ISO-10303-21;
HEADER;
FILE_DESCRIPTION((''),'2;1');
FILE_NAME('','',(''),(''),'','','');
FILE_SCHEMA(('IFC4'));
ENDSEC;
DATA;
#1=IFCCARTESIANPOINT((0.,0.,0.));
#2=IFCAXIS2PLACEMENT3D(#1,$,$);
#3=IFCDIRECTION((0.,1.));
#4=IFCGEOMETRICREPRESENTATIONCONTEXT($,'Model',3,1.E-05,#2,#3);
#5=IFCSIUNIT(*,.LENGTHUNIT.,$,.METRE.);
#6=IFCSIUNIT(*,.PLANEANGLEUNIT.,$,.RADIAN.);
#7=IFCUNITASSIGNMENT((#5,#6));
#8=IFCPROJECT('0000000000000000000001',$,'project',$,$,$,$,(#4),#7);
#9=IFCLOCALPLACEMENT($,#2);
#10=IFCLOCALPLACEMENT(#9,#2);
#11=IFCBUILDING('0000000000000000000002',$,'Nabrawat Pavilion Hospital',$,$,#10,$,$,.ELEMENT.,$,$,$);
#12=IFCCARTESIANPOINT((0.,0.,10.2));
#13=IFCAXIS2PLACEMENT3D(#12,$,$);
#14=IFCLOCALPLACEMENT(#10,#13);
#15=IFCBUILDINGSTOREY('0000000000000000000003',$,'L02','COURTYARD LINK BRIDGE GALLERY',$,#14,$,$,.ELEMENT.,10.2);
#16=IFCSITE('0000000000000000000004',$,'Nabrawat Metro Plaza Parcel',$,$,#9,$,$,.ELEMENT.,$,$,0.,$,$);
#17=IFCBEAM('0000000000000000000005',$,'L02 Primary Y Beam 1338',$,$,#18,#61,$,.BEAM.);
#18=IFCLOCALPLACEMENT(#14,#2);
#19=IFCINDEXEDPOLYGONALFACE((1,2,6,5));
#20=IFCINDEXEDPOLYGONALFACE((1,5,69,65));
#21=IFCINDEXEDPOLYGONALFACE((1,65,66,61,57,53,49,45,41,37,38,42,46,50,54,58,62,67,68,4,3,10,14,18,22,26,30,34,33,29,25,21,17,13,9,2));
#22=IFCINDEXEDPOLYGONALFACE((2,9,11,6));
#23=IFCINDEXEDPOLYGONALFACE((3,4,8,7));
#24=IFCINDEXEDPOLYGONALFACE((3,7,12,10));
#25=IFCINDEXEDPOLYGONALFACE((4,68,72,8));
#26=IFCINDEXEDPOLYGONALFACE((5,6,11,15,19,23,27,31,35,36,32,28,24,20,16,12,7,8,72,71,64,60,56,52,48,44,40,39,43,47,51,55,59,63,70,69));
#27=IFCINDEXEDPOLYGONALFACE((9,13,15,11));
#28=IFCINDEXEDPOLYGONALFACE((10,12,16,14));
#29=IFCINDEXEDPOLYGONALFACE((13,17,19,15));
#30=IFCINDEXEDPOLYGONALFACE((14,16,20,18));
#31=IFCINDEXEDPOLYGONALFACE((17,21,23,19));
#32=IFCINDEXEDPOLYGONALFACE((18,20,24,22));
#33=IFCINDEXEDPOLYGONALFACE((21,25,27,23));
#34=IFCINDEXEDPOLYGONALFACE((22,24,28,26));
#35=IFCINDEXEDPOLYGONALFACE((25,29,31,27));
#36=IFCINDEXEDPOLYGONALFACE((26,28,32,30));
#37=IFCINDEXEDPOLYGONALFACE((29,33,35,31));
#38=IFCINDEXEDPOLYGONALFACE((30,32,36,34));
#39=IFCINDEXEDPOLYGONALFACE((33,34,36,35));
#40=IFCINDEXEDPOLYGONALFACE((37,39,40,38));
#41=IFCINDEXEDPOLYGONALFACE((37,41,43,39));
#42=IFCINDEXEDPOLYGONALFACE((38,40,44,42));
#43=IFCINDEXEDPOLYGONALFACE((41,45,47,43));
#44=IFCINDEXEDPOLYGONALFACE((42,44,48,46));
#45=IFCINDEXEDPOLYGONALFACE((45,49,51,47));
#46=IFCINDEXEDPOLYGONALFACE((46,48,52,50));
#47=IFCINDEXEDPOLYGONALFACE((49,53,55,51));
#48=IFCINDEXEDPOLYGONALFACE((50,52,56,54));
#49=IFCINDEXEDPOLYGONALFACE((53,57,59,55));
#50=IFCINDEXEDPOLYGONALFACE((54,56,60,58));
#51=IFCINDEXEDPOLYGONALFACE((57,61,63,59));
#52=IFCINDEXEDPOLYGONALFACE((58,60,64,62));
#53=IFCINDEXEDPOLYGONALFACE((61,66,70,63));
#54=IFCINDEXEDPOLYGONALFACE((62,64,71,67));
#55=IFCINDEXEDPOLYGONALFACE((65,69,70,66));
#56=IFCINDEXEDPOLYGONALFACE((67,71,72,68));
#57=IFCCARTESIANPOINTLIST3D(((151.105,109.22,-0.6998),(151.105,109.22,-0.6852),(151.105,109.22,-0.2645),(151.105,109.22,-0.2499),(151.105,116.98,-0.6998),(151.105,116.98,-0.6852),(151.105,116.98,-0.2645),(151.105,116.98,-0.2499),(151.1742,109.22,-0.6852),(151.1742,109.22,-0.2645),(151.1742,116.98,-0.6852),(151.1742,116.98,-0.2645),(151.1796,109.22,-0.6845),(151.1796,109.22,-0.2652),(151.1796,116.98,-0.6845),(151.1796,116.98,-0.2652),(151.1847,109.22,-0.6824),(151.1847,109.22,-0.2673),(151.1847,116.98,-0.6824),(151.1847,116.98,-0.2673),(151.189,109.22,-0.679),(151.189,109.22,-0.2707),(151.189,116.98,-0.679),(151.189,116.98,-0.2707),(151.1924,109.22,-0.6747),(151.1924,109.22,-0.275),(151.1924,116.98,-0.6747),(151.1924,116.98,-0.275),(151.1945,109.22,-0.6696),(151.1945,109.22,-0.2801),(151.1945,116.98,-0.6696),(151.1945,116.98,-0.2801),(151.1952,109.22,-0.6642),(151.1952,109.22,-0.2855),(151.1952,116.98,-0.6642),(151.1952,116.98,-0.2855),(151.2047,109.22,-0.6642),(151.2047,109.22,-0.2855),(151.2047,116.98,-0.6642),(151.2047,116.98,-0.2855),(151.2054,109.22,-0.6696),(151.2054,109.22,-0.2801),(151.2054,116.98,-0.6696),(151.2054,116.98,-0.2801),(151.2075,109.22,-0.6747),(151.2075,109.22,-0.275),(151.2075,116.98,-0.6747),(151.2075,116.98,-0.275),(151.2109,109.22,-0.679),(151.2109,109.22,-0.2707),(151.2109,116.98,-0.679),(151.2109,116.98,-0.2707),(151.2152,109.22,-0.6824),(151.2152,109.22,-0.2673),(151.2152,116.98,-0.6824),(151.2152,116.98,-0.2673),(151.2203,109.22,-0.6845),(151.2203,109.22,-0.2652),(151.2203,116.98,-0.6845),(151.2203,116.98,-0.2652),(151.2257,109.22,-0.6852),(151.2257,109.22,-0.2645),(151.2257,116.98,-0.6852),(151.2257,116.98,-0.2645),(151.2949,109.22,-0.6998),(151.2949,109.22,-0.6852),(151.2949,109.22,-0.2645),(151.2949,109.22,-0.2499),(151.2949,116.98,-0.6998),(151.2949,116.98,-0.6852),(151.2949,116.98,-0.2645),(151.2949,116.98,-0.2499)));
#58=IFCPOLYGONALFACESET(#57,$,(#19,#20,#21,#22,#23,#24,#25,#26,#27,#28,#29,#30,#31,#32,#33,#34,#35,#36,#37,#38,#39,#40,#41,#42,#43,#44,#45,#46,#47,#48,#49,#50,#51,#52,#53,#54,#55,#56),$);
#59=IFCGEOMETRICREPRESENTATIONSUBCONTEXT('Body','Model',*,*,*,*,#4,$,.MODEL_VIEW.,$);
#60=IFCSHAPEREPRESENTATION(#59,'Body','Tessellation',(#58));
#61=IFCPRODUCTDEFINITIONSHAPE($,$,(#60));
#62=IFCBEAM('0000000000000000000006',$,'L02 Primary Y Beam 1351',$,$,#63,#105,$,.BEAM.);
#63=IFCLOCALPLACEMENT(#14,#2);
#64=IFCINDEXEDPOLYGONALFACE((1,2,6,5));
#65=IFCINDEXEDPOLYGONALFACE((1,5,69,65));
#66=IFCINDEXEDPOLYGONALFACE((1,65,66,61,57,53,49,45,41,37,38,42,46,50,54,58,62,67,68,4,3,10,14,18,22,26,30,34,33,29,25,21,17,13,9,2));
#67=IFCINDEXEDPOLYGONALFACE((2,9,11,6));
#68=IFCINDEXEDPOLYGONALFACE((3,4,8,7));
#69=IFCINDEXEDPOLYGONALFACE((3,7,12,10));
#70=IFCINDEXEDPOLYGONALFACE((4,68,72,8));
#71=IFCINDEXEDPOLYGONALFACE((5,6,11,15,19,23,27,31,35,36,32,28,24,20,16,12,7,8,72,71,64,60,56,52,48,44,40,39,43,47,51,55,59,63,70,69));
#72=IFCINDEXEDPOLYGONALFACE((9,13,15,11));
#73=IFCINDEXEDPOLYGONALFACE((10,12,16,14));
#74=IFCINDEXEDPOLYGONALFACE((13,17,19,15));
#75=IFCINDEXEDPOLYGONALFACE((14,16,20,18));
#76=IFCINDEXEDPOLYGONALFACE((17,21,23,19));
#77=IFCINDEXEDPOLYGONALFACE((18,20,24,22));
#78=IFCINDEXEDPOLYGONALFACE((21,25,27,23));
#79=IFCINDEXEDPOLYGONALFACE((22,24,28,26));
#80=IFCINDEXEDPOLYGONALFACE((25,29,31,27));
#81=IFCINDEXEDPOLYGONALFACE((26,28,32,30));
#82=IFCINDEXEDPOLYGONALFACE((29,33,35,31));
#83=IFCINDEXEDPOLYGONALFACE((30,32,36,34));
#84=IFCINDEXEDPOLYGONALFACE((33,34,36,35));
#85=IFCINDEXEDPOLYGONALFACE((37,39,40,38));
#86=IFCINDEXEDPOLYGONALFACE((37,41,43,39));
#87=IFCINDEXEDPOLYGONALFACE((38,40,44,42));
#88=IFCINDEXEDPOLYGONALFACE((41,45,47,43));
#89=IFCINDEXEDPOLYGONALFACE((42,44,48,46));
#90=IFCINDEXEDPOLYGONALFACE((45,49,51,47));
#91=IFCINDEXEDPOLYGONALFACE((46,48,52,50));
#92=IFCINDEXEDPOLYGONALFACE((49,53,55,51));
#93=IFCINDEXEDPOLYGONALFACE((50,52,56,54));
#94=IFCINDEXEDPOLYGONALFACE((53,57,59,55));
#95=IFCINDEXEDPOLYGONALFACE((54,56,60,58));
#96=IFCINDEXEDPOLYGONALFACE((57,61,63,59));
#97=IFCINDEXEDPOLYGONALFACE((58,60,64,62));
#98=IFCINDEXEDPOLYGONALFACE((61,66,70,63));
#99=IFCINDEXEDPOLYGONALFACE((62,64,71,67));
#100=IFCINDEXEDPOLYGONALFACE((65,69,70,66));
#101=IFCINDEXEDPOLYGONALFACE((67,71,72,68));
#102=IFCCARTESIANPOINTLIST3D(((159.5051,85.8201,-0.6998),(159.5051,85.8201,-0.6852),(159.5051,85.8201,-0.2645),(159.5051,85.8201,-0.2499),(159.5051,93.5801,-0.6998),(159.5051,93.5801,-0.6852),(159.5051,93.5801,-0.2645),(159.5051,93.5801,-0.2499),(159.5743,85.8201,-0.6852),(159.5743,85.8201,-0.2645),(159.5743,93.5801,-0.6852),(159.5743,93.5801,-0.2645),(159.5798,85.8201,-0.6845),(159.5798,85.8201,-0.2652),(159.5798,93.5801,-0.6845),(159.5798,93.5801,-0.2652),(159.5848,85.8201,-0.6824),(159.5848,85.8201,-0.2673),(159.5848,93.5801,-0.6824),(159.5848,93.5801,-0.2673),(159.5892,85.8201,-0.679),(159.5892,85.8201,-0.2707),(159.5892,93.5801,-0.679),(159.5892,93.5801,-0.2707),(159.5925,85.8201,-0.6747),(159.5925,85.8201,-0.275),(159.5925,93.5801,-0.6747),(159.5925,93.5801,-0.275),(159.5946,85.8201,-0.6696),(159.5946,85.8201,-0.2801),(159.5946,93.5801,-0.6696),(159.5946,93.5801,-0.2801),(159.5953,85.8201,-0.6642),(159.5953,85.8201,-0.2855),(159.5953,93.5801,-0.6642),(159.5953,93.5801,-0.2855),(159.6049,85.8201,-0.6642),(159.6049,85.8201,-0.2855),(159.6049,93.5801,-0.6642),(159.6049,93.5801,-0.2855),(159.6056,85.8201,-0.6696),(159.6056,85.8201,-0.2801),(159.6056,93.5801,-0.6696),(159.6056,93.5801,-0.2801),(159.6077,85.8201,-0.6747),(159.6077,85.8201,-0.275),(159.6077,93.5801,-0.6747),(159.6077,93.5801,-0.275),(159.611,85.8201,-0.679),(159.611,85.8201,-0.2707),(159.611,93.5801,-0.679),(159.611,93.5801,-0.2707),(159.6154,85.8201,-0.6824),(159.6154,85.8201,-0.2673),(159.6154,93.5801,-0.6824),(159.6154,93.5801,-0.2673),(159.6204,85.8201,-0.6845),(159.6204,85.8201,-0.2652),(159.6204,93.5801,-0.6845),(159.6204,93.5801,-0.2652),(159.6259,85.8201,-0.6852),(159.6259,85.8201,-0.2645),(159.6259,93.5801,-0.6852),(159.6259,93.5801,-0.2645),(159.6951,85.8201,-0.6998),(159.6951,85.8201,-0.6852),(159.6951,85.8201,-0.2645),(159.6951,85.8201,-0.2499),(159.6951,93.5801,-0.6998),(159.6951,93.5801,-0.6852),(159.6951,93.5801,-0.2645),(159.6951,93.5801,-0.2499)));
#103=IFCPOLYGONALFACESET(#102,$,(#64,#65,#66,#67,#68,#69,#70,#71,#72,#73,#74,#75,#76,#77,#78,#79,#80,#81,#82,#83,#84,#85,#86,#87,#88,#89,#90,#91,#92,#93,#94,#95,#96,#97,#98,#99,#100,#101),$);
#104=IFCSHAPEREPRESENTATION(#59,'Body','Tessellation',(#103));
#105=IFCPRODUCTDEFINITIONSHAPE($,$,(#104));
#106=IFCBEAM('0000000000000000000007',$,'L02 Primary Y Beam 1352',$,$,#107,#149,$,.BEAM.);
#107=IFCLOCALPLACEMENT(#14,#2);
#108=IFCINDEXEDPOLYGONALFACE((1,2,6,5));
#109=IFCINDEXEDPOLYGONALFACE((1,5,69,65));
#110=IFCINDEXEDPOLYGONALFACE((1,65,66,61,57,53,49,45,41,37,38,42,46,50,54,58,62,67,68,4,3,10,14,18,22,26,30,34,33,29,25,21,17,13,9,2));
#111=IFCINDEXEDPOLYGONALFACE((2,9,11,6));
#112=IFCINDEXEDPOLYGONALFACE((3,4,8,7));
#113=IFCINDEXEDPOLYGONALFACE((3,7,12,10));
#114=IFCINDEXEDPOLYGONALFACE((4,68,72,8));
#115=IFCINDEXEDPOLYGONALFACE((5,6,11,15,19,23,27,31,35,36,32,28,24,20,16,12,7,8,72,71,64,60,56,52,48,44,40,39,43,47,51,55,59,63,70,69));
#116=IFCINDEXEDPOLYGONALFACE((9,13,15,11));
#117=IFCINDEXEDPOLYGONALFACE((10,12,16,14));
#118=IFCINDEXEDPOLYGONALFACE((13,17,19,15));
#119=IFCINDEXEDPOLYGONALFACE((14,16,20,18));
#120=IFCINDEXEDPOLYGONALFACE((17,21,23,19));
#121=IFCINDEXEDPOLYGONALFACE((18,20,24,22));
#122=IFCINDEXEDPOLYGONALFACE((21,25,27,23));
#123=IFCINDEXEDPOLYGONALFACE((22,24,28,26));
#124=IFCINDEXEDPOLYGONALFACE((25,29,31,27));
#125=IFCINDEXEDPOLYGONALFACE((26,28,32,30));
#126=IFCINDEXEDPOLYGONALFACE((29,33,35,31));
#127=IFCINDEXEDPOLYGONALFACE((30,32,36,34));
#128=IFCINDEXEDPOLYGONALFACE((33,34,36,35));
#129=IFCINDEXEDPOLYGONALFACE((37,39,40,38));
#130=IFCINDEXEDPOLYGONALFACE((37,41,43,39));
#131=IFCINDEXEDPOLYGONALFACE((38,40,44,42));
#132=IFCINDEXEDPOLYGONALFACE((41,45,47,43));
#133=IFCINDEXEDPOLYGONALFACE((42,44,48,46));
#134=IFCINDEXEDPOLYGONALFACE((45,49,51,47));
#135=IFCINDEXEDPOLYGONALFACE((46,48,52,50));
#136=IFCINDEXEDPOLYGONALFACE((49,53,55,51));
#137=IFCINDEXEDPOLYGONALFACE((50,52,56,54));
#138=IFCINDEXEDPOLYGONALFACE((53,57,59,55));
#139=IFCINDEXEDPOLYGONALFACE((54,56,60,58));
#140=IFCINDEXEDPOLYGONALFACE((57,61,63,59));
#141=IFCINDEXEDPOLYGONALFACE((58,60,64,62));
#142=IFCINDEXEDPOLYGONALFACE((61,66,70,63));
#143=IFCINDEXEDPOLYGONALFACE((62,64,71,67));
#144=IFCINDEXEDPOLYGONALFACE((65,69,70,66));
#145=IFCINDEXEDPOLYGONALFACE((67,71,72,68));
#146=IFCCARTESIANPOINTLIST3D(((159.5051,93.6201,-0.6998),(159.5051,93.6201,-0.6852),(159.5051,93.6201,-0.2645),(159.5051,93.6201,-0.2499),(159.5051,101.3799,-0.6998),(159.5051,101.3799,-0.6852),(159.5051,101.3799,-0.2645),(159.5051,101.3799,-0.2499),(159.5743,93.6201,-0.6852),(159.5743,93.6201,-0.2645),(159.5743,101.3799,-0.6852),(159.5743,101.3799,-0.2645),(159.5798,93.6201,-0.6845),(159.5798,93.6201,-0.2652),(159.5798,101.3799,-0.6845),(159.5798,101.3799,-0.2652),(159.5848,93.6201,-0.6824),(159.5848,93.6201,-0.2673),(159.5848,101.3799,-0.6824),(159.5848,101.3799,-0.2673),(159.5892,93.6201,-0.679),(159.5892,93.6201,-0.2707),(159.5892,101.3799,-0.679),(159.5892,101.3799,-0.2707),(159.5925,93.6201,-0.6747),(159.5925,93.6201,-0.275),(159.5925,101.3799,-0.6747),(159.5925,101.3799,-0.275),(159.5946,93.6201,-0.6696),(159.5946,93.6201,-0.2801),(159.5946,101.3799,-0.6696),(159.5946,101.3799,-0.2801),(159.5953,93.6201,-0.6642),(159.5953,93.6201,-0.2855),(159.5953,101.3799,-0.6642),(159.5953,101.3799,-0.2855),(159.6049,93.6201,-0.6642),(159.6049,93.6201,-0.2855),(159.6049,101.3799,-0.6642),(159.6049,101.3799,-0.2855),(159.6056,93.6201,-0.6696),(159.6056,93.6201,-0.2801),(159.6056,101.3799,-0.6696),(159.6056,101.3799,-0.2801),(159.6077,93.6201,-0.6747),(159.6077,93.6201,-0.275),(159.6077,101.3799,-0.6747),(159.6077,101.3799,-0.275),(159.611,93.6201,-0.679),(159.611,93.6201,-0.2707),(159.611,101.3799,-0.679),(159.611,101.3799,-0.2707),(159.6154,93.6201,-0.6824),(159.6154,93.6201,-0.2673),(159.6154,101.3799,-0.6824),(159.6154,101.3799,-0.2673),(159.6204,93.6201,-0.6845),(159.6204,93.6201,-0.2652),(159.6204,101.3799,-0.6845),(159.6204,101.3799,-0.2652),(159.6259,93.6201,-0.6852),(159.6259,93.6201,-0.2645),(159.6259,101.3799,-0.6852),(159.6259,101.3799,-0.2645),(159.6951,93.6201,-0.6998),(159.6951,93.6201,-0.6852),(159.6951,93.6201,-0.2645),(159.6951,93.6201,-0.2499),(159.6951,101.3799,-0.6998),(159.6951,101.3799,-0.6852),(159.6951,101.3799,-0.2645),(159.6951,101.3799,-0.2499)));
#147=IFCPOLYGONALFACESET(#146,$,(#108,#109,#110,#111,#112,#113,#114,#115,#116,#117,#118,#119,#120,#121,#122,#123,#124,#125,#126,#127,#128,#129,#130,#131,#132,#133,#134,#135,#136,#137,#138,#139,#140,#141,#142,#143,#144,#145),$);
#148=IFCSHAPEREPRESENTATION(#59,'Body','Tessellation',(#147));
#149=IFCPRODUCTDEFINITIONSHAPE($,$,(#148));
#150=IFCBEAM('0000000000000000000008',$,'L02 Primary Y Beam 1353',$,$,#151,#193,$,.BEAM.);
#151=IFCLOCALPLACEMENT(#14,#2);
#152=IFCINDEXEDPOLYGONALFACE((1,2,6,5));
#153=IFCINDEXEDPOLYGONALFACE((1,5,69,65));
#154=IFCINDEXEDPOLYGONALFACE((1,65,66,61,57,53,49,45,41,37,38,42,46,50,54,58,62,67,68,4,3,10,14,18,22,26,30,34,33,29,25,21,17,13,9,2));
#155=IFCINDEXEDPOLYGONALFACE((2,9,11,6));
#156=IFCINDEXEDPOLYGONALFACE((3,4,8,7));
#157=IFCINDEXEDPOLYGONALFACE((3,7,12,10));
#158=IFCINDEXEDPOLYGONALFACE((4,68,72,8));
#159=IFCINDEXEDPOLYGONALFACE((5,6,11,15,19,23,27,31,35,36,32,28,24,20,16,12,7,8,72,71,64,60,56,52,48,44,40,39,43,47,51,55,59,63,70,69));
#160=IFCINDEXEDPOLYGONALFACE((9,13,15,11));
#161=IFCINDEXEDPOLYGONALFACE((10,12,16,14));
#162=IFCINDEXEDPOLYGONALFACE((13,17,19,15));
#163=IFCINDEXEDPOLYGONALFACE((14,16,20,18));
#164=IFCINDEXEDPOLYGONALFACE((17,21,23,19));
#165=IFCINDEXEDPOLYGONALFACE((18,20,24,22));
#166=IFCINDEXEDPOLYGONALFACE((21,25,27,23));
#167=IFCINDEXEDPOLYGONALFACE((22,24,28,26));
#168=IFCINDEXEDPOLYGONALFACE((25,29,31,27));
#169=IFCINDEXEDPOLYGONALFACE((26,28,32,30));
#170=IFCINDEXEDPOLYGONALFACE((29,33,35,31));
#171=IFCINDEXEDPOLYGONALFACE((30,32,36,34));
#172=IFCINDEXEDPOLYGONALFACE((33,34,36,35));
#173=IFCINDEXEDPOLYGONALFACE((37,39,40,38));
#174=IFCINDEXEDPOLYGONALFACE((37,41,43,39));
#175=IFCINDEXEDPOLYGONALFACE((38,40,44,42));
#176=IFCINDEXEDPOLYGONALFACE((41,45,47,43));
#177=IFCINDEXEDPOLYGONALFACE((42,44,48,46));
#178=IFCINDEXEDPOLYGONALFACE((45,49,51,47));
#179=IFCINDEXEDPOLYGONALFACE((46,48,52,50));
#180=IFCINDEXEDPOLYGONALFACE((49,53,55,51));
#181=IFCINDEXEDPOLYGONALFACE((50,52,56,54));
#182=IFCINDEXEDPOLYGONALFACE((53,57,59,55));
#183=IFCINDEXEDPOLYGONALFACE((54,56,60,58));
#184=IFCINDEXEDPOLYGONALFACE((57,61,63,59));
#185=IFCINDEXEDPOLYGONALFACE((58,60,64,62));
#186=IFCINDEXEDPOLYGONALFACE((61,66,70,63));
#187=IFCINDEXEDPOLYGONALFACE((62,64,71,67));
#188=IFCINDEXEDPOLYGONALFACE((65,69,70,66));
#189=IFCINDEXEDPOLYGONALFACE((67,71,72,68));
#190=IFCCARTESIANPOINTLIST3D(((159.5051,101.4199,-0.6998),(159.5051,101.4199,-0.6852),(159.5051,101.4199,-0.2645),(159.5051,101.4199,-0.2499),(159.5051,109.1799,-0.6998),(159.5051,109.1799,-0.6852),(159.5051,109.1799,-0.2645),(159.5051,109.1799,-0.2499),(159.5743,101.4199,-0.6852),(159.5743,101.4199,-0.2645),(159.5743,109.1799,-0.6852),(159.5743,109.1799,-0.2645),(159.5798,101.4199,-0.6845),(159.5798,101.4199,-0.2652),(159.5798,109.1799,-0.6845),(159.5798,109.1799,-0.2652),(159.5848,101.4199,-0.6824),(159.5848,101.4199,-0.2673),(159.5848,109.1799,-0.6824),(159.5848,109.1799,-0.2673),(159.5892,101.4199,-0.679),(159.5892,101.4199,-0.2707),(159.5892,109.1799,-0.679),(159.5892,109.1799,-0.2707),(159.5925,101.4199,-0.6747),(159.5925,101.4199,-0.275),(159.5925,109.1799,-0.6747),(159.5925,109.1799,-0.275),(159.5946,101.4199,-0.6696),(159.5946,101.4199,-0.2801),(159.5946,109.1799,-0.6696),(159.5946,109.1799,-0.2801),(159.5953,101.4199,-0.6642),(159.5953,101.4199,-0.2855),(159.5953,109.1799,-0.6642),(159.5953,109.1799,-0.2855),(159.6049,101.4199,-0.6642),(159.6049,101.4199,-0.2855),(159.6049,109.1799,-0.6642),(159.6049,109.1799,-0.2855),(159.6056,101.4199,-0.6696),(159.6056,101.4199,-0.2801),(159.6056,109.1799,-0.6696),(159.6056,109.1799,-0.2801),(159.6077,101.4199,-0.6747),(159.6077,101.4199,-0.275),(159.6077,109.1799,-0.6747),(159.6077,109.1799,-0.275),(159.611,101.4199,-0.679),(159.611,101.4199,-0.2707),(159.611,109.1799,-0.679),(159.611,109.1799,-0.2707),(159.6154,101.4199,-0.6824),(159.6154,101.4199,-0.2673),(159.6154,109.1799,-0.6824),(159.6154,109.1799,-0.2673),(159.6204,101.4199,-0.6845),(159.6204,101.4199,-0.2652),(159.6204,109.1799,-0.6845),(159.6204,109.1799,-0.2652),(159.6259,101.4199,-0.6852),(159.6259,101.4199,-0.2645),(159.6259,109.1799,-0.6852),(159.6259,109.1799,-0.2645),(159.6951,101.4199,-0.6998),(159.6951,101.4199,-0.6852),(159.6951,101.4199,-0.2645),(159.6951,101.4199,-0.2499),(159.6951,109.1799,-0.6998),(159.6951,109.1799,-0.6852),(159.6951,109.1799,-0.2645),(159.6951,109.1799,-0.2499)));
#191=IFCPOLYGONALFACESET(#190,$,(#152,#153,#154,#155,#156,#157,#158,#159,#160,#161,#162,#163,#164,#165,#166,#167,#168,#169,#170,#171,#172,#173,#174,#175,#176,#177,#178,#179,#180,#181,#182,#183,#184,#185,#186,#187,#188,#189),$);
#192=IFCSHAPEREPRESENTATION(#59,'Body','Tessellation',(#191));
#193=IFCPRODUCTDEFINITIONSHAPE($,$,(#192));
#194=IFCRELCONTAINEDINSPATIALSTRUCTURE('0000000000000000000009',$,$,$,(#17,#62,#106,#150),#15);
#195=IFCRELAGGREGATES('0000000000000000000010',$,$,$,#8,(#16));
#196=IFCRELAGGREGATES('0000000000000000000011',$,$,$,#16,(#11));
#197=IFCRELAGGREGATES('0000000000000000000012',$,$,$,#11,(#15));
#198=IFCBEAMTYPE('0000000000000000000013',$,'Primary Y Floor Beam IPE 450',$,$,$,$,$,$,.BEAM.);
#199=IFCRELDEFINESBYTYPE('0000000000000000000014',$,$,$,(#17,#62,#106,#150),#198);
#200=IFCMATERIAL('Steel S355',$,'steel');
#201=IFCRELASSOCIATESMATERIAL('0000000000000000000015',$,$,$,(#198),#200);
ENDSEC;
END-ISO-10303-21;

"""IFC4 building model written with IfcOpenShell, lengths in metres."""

from ifc_helpers import new_model, si_unit, direction, frame, origin, origin_2d, place, context, subcontext, project, spatial, i_section, extrude, material, material_profile, profile_set, type_object, element, save


model = new_model("IFC4")

# Units and contexts
model_context = context("Model", 3, precision=1e-05, world=origin(), true_north=direction((0.0, 1.0)))
body_context = subcontext(model_context, "Body", "Model", "MODEL_VIEW")
ifc_project = project(units=[si_unit("LENGTHUNIT", "METRE"), si_unit("PLANEANGLEUNIT", "RADIAN")], contexts=[model_context])

# Site, building, storey
site_placement = place(None, origin())
site = spatial("IfcSite", under=ifc_project, at=site_placement, Name="Nabrawat Metro Plaza Parcel", CompositionType="ELEMENT", RefElevation=0.0)
building_placement = place(site_placement, origin())
building = spatial("IfcBuilding", under=site, at=building_placement, Name="Nabrawat Pavilion Hospital", CompositionType="ELEMENT")
storey_placement = place(building_placement, frame((0.0, 0.0, 10.2)))
storey = spatial("IfcBuildingStorey", under=building, at=storey_placement, Name="L02", Description="COURTYARD LINK BRIDGE GALLERY", CompositionType="ELEMENT", Elevation=10.2)

# Shared definitions
ifc_material_1 = material(Name="Steel S355", Category="steel")

# Beams
ifc_material_profile_1 = material_profile(ifc_material_1, i_section(OverallWidth=0.1899, OverallDepth=0.45, WebThickness=0.0095, FlangeThickness=0.0146, FilletRadius=0.021, at=origin_2d()), Name="IPE 450")
ifc_profile_set_1 = profile_set([ifc_material_profile_1], Name="Steel S355")
beam_type_1 = type_object("IfcBeamType", Name="Primary Y Floor Beam IPE 450", PredefinedType="BEAM", material=ifc_profile_set_1)
for number, where, z_axis, x_axis, name in (
    (1, (151.2, 109.22, -0.4749), (0.0, 1.0, 0.0), (-1.0, 0.0, 0.0), "L02 Primary Y Beam 1338"),
    (2, (159.6001, 85.8201, -0.4749), (0.0, 1.0, 0.0), (-1.0, 0.0, 0.0), "L02 Primary Y Beam 1351"),
):
    element("IfcBeam", number, at=place(storey_placement, frame(where, z_axis=z_axis, x_axis=x_axis)), inside=storey, type_object=beam_type_1, Name=name, PredefinedType="BEAM", context=body_context, shape_type="SweptSolid", body=[
        extrude(i_section(OverallWidth=0.1899, OverallDepth=0.45, WebThickness=0.0095, FlangeThickness=0.0146, FilletRadius=0.021, at=origin_2d()), origin(), (0.0, 0.0, 1.0), 7.76),
    ])
beam_1_placement = place(storey_placement, frame((159.6001, 93.6201, -0.4749), z_axis=(0.0, 1.0, 0.0), x_axis=(-1.0, 0.0, 0.0)))
element("IfcBeam", 3, at=beam_1_placement, inside=storey, type_object=beam_type_1, Name="L02 Primary Y Beam 1352", PredefinedType="BEAM", context=body_context, shape_type="SweptSolid", body=[
    extrude(i_section(OverallWidth=0.1899, OverallDepth=0.45, WebThickness=0.0095, FlangeThickness=0.0146, FilletRadius=0.021, at=origin_2d()), origin(), (0.0, 0.0, 1.0), 7.7598),
])
beam_2_placement = place(storey_placement, frame((159.6001, 101.4199, -0.4749), z_axis=(0.0, 1.0, 0.0), x_axis=(-1.0, 0.0, 0.0)))
element("IfcBeam", 4, at=beam_2_placement, inside=storey, type_object=beam_type_1, Name="L02 Primary Y Beam 1353", PredefinedType="BEAM", context=body_context, shape_type="SweptSolid", body=[
    extrude(i_section(OverallWidth=0.1899, OverallDepth=0.45, WebThickness=0.0095, FlangeThickness=0.0146, FilletRadius=0.021, at=origin_2d()), origin(), (0.0, 0.0, 1.0), 7.76),
])

save(model, "model.ifc")
